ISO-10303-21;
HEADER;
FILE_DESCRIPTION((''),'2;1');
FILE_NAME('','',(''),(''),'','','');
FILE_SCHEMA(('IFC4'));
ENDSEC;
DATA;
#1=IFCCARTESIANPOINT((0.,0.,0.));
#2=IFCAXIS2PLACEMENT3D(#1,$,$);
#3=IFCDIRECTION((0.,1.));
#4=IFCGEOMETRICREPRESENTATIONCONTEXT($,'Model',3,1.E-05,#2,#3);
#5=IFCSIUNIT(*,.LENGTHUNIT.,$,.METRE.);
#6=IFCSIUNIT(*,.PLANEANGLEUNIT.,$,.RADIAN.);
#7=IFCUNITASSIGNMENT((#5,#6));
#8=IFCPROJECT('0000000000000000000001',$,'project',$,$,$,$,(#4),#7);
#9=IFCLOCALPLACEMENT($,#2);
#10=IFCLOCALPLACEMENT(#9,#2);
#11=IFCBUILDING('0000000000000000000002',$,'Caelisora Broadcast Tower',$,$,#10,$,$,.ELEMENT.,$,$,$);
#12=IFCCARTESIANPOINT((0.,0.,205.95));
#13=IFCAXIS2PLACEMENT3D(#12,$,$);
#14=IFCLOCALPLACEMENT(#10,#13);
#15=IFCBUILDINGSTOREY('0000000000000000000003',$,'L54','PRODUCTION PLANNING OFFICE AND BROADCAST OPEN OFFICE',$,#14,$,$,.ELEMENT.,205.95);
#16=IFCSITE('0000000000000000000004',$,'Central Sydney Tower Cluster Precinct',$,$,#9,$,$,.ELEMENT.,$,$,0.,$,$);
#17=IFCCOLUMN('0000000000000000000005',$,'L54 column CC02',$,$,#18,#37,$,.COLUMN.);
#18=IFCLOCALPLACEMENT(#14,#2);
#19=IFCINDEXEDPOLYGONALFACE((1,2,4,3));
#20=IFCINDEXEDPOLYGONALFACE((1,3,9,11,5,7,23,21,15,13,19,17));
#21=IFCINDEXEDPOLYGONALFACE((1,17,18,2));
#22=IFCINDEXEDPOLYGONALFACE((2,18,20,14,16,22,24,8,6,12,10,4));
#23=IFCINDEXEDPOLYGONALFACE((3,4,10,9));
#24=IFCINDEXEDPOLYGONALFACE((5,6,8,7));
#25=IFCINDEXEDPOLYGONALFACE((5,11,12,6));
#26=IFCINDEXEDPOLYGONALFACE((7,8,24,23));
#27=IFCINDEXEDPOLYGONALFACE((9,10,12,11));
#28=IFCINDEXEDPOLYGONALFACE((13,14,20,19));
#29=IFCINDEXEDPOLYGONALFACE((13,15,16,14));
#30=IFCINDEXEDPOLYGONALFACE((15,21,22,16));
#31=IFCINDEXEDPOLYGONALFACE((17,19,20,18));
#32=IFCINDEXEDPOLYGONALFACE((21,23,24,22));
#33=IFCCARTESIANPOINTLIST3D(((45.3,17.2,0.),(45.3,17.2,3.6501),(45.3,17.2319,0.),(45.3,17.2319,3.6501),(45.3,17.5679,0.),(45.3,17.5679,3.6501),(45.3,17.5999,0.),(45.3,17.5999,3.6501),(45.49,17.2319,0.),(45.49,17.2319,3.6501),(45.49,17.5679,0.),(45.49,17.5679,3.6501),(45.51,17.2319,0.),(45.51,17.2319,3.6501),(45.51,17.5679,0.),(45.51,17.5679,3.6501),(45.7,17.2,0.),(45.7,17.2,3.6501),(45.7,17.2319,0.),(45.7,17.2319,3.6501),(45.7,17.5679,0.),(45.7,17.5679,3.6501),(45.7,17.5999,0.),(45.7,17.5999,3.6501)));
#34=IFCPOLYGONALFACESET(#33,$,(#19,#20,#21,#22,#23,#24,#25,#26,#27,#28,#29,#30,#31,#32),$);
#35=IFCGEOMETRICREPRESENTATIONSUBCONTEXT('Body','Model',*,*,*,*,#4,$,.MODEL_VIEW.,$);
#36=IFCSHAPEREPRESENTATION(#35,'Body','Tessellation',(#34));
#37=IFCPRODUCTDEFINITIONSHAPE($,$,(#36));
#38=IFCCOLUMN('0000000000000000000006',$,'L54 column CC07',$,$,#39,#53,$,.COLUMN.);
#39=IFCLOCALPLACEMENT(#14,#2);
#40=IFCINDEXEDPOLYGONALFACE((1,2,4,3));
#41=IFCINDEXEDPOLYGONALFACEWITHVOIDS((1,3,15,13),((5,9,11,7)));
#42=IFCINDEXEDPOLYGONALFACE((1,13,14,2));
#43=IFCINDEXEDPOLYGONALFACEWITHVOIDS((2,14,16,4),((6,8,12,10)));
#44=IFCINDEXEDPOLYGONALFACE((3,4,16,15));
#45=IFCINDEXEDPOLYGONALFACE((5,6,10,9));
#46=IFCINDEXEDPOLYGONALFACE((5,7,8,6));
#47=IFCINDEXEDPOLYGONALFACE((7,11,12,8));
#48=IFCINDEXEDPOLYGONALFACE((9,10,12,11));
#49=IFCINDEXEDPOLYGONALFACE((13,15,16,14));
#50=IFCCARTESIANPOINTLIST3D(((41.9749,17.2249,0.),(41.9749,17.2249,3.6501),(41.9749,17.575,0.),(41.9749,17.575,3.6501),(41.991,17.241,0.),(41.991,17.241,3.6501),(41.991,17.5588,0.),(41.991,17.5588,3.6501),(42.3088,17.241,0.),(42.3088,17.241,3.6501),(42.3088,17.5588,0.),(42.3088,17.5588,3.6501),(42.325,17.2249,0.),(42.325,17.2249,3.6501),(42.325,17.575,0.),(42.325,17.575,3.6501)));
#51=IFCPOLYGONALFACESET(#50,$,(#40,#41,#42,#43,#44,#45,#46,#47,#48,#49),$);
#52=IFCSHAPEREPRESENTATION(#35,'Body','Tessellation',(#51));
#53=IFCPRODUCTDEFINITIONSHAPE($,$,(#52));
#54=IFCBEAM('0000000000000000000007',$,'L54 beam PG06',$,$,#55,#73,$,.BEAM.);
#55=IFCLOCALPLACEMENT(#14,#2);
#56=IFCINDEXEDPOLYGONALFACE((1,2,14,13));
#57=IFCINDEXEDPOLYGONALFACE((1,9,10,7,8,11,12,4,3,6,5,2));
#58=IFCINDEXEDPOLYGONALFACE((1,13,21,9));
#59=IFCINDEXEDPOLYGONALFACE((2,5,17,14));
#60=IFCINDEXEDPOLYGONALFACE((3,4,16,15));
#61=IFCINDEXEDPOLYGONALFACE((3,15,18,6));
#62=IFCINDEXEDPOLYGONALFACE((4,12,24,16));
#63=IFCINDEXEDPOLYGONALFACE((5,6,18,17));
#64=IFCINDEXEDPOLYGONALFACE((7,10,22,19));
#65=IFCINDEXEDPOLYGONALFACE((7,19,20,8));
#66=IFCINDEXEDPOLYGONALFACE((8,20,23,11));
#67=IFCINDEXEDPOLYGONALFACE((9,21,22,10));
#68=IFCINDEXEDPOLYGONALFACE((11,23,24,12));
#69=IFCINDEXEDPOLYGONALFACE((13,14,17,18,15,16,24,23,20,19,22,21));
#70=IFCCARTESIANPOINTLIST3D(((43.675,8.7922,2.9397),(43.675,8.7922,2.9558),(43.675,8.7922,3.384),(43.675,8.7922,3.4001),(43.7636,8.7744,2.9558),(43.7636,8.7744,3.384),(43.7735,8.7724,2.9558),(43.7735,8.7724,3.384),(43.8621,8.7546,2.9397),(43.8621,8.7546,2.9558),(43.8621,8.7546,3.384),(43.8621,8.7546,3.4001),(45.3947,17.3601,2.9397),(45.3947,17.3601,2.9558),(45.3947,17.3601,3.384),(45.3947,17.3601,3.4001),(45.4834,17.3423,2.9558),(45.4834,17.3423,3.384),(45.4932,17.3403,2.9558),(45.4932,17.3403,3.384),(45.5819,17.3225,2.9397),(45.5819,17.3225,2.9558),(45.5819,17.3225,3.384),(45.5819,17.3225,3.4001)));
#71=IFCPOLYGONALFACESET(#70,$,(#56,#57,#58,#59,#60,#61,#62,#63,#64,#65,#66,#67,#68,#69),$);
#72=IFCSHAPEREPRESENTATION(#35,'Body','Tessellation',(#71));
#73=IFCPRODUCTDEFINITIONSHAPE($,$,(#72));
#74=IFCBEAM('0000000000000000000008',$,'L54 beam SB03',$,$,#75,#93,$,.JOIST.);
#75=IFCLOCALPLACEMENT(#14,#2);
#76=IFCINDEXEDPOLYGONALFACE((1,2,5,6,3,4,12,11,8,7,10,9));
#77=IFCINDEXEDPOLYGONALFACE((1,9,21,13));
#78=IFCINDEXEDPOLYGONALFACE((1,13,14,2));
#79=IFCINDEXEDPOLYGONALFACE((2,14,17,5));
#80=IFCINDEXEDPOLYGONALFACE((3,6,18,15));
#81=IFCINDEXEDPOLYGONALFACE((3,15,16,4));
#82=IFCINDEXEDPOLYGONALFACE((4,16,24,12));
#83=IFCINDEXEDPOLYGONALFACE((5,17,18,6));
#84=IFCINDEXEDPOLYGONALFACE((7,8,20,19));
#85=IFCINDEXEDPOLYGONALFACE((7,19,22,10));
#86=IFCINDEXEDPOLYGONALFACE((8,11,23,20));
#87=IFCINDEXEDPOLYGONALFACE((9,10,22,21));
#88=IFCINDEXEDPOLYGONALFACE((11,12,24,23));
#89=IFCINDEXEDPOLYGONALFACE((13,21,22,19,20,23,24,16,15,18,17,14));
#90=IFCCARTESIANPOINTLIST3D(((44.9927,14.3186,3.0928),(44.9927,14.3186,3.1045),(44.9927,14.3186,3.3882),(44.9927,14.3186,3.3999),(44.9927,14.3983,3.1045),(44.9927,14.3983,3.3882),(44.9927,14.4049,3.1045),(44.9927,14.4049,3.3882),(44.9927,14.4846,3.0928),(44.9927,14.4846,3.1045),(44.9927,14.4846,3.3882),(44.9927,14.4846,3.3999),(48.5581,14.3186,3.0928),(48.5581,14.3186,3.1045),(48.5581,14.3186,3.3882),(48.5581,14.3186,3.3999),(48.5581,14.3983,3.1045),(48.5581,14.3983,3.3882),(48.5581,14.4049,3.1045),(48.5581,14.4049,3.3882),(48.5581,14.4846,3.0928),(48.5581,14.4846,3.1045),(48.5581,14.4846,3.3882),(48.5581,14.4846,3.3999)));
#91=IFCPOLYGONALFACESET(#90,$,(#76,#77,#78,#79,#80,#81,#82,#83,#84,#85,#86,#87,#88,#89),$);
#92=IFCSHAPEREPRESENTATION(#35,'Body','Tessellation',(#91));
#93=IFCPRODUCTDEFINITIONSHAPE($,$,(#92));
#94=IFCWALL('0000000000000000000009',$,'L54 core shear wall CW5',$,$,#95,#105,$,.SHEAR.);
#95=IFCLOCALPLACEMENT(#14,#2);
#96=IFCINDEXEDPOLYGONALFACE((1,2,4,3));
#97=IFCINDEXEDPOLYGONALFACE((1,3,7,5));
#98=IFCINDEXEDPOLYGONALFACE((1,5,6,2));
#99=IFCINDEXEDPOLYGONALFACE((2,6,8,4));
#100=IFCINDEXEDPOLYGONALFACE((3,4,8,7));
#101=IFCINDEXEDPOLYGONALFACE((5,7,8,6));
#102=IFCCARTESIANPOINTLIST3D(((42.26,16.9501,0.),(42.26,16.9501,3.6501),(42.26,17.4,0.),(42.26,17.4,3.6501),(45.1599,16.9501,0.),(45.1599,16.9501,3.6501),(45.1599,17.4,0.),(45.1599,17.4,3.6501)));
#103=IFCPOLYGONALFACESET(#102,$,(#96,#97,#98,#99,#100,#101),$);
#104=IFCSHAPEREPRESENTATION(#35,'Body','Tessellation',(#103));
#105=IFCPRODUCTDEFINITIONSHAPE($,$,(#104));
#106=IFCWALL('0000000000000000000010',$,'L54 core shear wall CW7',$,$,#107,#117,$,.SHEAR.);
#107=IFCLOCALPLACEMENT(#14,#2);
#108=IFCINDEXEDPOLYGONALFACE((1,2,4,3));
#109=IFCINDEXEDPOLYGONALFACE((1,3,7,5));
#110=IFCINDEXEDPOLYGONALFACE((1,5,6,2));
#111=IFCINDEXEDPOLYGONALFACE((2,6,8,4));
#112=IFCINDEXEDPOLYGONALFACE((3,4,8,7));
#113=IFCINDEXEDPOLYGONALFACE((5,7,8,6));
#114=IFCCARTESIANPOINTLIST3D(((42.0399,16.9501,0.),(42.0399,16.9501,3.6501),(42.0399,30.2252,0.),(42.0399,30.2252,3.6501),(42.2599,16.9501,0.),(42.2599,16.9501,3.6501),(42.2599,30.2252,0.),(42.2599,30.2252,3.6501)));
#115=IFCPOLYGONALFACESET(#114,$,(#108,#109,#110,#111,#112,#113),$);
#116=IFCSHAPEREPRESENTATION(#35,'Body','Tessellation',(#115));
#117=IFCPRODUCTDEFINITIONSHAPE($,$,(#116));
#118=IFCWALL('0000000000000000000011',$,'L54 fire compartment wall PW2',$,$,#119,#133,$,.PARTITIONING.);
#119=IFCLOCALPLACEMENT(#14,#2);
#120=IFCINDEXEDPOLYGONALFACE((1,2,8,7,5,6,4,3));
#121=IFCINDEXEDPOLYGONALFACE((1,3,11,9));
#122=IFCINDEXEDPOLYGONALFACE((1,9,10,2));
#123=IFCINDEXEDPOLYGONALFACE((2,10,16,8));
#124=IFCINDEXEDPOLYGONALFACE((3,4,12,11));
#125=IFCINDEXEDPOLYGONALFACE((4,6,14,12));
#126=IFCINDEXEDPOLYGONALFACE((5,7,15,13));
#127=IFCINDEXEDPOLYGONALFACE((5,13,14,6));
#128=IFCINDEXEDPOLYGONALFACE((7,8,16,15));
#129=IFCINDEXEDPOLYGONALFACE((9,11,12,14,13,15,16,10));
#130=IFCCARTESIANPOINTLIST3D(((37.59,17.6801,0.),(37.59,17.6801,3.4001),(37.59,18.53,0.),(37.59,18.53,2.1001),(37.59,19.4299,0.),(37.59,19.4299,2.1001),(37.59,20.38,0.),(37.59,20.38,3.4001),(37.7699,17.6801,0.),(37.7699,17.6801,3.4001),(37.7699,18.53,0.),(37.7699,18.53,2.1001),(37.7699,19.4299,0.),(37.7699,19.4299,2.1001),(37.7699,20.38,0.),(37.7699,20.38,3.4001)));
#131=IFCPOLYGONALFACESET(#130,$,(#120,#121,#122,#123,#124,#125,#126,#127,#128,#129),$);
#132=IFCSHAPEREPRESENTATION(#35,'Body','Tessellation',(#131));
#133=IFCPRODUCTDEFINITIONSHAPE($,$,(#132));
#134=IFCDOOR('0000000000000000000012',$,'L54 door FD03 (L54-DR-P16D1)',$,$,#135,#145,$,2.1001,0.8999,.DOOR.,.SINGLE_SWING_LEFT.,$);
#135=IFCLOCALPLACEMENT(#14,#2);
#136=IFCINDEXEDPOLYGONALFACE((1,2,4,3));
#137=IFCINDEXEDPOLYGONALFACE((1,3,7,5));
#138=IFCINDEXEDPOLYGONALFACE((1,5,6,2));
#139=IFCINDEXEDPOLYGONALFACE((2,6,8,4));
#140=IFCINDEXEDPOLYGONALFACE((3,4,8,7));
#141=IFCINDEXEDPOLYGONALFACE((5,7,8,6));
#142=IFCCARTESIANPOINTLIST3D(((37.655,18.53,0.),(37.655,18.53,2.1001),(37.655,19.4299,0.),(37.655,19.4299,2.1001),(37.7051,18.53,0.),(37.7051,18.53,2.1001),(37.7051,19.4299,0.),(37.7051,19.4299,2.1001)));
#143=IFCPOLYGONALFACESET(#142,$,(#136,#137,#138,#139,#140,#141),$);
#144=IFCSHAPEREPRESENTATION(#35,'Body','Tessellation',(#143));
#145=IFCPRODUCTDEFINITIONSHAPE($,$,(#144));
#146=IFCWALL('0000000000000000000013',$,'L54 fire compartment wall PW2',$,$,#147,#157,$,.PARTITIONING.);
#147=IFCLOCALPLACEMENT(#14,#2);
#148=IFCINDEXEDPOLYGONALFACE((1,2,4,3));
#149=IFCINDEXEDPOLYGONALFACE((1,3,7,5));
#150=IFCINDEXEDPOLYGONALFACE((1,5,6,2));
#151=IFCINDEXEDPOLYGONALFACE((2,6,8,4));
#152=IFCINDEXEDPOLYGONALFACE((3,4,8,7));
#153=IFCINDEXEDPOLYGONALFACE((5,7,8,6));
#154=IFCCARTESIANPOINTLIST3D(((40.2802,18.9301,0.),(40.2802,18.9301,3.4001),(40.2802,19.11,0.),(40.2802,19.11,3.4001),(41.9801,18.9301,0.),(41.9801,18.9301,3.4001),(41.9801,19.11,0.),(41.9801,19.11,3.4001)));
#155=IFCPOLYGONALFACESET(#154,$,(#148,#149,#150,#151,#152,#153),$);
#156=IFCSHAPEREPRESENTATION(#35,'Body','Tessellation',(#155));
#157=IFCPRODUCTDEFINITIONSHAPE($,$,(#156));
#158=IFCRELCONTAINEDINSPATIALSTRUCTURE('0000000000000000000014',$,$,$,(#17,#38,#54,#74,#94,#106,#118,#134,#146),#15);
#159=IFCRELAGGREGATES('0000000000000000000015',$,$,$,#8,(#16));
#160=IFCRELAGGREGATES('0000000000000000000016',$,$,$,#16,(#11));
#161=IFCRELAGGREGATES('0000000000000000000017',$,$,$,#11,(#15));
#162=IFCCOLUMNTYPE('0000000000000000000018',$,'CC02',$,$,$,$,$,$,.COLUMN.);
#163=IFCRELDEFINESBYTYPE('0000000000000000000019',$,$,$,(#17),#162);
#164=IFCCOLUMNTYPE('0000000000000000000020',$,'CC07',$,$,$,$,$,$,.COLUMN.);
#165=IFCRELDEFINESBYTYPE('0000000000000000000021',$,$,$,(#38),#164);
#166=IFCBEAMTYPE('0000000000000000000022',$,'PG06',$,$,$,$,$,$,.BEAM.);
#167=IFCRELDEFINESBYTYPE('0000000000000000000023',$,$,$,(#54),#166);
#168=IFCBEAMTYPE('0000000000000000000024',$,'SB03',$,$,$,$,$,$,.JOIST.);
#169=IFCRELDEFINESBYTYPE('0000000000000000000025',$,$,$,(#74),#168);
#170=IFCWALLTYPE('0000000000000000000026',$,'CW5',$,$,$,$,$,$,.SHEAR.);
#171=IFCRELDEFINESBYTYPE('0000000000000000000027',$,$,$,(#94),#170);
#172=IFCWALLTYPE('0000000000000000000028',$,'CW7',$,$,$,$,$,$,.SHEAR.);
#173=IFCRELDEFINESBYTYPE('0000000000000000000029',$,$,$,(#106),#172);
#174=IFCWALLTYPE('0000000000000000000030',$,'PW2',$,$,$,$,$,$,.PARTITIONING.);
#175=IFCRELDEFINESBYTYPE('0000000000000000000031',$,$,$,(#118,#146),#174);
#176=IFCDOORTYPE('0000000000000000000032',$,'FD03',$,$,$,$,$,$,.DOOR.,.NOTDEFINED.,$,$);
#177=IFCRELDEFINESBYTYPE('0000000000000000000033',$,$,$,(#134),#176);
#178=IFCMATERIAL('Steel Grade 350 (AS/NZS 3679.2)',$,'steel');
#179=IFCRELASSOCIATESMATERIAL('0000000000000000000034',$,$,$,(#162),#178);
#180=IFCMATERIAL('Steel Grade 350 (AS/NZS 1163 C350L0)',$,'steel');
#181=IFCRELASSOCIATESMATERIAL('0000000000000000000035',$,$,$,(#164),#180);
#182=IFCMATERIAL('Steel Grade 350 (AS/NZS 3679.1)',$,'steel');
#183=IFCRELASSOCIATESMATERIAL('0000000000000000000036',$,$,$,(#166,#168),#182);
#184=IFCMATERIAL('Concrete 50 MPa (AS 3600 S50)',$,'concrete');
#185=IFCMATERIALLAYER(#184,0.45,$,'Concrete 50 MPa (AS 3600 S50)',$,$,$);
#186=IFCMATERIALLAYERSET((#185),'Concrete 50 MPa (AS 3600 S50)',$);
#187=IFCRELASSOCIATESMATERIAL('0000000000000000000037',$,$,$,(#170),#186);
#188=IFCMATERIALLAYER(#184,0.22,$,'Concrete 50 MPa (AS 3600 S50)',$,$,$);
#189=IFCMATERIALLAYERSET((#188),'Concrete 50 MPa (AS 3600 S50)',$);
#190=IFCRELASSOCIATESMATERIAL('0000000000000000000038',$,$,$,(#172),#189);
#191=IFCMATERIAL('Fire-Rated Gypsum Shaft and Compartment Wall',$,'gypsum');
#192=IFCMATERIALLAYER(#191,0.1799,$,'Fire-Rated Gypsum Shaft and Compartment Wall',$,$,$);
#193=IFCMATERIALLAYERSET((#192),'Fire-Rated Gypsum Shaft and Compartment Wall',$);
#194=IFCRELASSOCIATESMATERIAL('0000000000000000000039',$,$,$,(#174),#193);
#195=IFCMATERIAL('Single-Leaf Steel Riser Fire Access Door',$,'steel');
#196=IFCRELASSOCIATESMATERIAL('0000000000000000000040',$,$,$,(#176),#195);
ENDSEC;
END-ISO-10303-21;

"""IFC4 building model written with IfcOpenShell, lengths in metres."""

from ifc_helpers import new_model, si_unit, direction, frame, frame_2d, origin, origin_2d, place, context, subcontext, project, spatial, rectangle, hollow_rectangle, i_section, extrude, source, transform, mapped, material, layer, layer_set, material_profile, profile_set, type_object, type_shapes, element, fill, save


model = new_model("IFC4")

# Units and contexts
model_context = context("Model", 3, precision=1e-05, world=origin(), true_north=direction((0.0, 1.0)))
body_context = subcontext(model_context, "Body", "Model", "MODEL_VIEW")
ifc_project = project(units=[si_unit("LENGTHUNIT", "METRE"), si_unit("PLANEANGLEUNIT", "RADIAN")], contexts=[model_context])

# Site, building, storey
site_placement = place(None, origin())
site = spatial("IfcSite", under=ifc_project, at=site_placement, Name="Central Sydney Tower Cluster Precinct", CompositionType="ELEMENT", RefElevation=0.0)
building_placement = place(site_placement, origin())
building = spatial("IfcBuilding", under=site, at=building_placement, Name="Caelisora Broadcast Tower", CompositionType="ELEMENT")
storey_placement = place(building_placement, frame((0.0, 0.0, 205.95)))
storey = spatial("IfcBuildingStorey", under=building, at=storey_placement, Name="L54", Description="PRODUCTION PLANNING OFFICE AND BROADCAST OPEN OFFICE", CompositionType="ELEMENT", Elevation=205.95)

# Columns
ifc_material_1 = material(Name="Steel Grade 350 (AS/NZS 3679.2)", Category="steel")
ifc_material_profile_1 = material_profile(ifc_material_1, i_section(OverallWidth=0.3999, OverallDepth=0.3999, WebThickness=0.02, FlangeThickness=0.032, at=origin_2d()), Name="Steel Grade 350 (AS/NZS 3679.2)")
ifc_profile_set_1 = profile_set([ifc_material_profile_1], Name="Steel Grade 350 (AS/NZS 3679.2)")
column_type_1 = type_object("IfcColumnType", Name="CC02", PredefinedType="COLUMN", material=ifc_profile_set_1)
shared_shape_1 = source(origin(), body_context, "Body", "SweptSolid", [
    extrude(i_section(OverallWidth=0.3999, OverallDepth=0.3999, WebThickness=0.02, FlangeThickness=0.032, at=origin_2d()), origin(), (0.0, 0.0, 1.0), 3.6501),
])
type_shapes(column_type_1, [shared_shape_1])
column_1_placement = place(storey_placement, frame((45.5, 17.3999, 0.0), z_axis=(0.0, 0.0, 1.0), x_axis=(1.0, 0.0, 0.0)))
element("IfcColumn", 1, at=column_1_placement, inside=storey, type_object=column_type_1, Name="L54 column CC02", PredefinedType="COLUMN", context=body_context, shape_type="MappedRepresentation", body=[
    mapped(shared_shape_1, transform((0.0, 0.0, 0.0), scale=1.0)),
])
ifc_material_2 = material(Name="Steel Grade 350 (AS/NZS 1163 C350L0)", Category="steel")
ifc_material_profile_2 = material_profile(ifc_material_2, hollow_rectangle(XDim=0.3501, YDim=0.3501, WallThickness=0.0161, at=origin_2d()), Name="Steel Grade 350 (AS/NZS 1163 C350L0)")
ifc_profile_set_2 = profile_set([ifc_material_profile_2], Name="Steel Grade 350 (AS/NZS 1163 C350L0)")
column_type_2 = type_object("IfcColumnType", Name="CC07", PredefinedType="COLUMN", material=ifc_profile_set_2)
shared_shape_2 = source(origin(), body_context, "Body", "SweptSolid", [
    extrude(hollow_rectangle(XDim=0.3501, YDim=0.3501, WallThickness=0.0161, at=origin_2d()), origin(), (0.0, 0.0, 1.0), 3.6501),
])
type_shapes(column_type_2, [shared_shape_2])
column_2_placement = place(storey_placement, frame((42.1499, 17.3999, 0.0), z_axis=(0.0, 0.0, 1.0), x_axis=(1.0, 0.0, 0.0)))
element("IfcColumn", 2, at=column_2_placement, inside=storey, type_object=column_type_2, Name="L54 column CC07", PredefinedType="COLUMN", context=body_context, shape_type="MappedRepresentation", body=[
    mapped(shared_shape_2, transform((0.0, 0.0, 0.0), scale=1.0)),
])

# Beams
ifc_material_3 = material(Name="Steel Grade 350 (AS/NZS 3679.1)", Category="steel")
ifc_material_profile_3 = material_profile(ifc_material_3, i_section(OverallWidth=0.1909, OverallDepth=0.4604, WebThickness=0.01, FlangeThickness=0.0161, at=origin_2d()), Name="Steel Grade 350 (AS/NZS 3679.1)")
ifc_profile_set_3 = profile_set([ifc_material_profile_3], Name="Steel Grade 350 (AS/NZS 3679.1)")
beam_type_1 = type_object("IfcBeamType", Name="PG06", PredefinedType="BEAM", material=ifc_profile_set_3)
shared_shape_3 = source(origin(), body_context, "Body", "SweptSolid", [
    extrude(i_section(OverallWidth=0.1909, OverallDepth=0.4604, WebThickness=0.01, FlangeThickness=0.0161, at=origin_2d()), origin(), (0.0, 0.0, 1.0), 8.7388),
])
type_shapes(beam_type_1, [shared_shape_3])
beam_1_placement = place(storey_placement, frame((45.4883, 17.3413, 3.1699), z_axis=(-0.196793, -0.980445, 0.0), x_axis=(0.980445, -0.196793, 0.0)))
element("IfcBeam", 3, at=beam_1_placement, inside=storey, type_object=beam_type_1, Name="L54 beam PG06", PredefinedType="BEAM", context=body_context, shape_type="MappedRepresentation", body=[
    mapped(shared_shape_3, transform((0.0, 0.0, 0.0), scale=1.0)),
])
ifc_material_profile_4 = material_profile(ifc_material_3, i_section(OverallWidth=0.166, OverallDepth=0.3071, WebThickness=0.0066, FlangeThickness=0.0117, at=origin_2d()), Name="Steel Grade 350 (AS/NZS 3679.1)")
ifc_profile_set_4 = profile_set([ifc_material_profile_4], Name="Steel Grade 350 (AS/NZS 3679.1)")
beam_type_2 = type_object("IfcBeamType", Name="SB03", PredefinedType="JOIST", material=ifc_profile_set_4)
shared_shape_4 = source(origin(), body_context, "Body", "SweptSolid", [
    extrude(i_section(OverallWidth=0.166, OverallDepth=0.3071, WebThickness=0.0066, FlangeThickness=0.0117, at=origin_2d()), origin(), (0.0, 0.0, 1.0), 3.5654),
])
type_shapes(beam_type_2, [shared_shape_4])
beam_2_placement = place(storey_placement, frame((44.9927, 14.4016, 3.2463), z_axis=(1.0, 0.0, 0.0), x_axis=(0.0, 1.0, 0.0)))
element("IfcBeam", 4, at=beam_2_placement, inside=storey, type_object=beam_type_2, Name="L54 beam SB03", PredefinedType="JOIST", context=body_context, shape_type="MappedRepresentation", body=[
    mapped(shared_shape_4, transform((0.0, 0.0, 0.0), scale=1.0)),
])

# Shared definitions
ifc_material_4 = material(Name="Concrete 50 MPa (AS 3600 S50)", Category="concrete")

# Walls
ifc_layer_1 = layer(ifc_material_4, 0.45, Name="Concrete 50 MPa (AS 3600 S50)")
ifc_layer_set_1 = layer_set([ifc_layer_1], Name="Concrete 50 MPa (AS 3600 S50)")
wall_type_1 = type_object("IfcWallType", Name="CW5", PredefinedType="SHEAR", material=ifc_layer_set_1)
wall_1_placement = place(storey_placement, frame((42.26, 17.175, 0.0), z_axis=(0.0, 0.0, 1.0), x_axis=(1.0, 0.0, 0.0)))
element("IfcWall", 5, at=wall_1_placement, inside=storey, type_object=wall_type_1, Name="L54 core shear wall CW5", PredefinedType="SHEAR", context=body_context, shape_type="SweptSolid", body=[
    extrude(rectangle(XDim=2.8999, YDim=0.45, at=frame_2d((1.45, 0.0))), origin(), (0.0, 0.0, 1.0), 3.6501),
])
ifc_layer_2 = layer(ifc_material_4, 0.22, Name="Concrete 50 MPa (AS 3600 S50)")
ifc_layer_set_2 = layer_set([ifc_layer_2], Name="Concrete 50 MPa (AS 3600 S50)")
wall_type_2 = type_object("IfcWallType", Name="CW7", PredefinedType="SHEAR", material=ifc_layer_set_2)
wall_2_placement = place(storey_placement, frame((42.1499, 16.95, 0.0), z_axis=(0.0, 0.0, 1.0), x_axis=(0.0, 1.0, 0.0)))
element("IfcWall", 6, at=wall_2_placement, inside=storey, type_object=wall_type_2, Name="L54 core shear wall CW7", PredefinedType="SHEAR", context=body_context, shape_type="SweptSolid", body=[
    extrude(rectangle(XDim=13.2751, YDim=0.22, at=frame_2d((6.6377, 0.0))), origin(), (0.0, 0.0, 1.0), 3.6501),
])

# Wall, opening, door
ifc_material_5 = material(Name="Fire-Rated Gypsum Shaft and Compartment Wall", Category="gypsum")
ifc_layer_3 = layer(ifc_material_5, 0.1799, Name="Fire-Rated Gypsum Shaft and Compartment Wall")
ifc_layer_set_3 = layer_set([ifc_layer_3], Name="Fire-Rated Gypsum Shaft and Compartment Wall")
wall_type_3 = type_object("IfcWallType", Name="PW2", PredefinedType="PARTITIONING", material=ifc_layer_set_3)
wall_3_placement = place(storey_placement, frame((37.6799, 17.6799, 0.0), z_axis=(0.0, 0.0, 1.0), x_axis=(0.0, 1.0, 0.0)))
wall_3 = element("IfcWall", 7, at=wall_3_placement, inside=storey, type_object=wall_type_3, Name="L54 fire compartment wall PW2", PredefinedType="PARTITIONING", context=body_context, shape_type="SweptSolid", body=[
    extrude(rectangle(XDim=2.7, YDim=0.1799, at=frame_2d((1.3501, 0.0))), origin(), (0.0, 0.0, 1.0), 3.4001),
])
opening_1_placement = place(wall_3_placement, frame((0.8501, 0.0, 0.0)))
opening_1 = element("IfcOpeningElement", 8, at=opening_1_placement, cuts=wall_3, PredefinedType="OPENING", context=body_context, shape_type="SweptSolid", body=[
    extrude(rectangle(XDim=0.8999, YDim=2.1001, at=frame_2d((0.45, 1.05))), frame((0.0, 0.1021, 0.0), z_axis=(0.0, -1.0, 0.0), x_axis=(1.0, 0.0, 0.0)), (0.0, 0.0, 1.0), 0.2039),
])
ifc_material_6 = material(Name="Single-Leaf Steel Riser Fire Access Door", Category="steel")
door_type_1 = type_object("IfcDoorType", Name="FD03", OperationType="NOTDEFINED", PredefinedType="DOOR", material=ifc_material_6)
door_1_placement = place(opening_1_placement, origin())
door_1 = element("IfcDoor", 9, at=door_1_placement, inside=storey, type_object=door_type_1, Name="L54 door FD03 (L54-DR-P16D1)", OperationType="SINGLE_SWING_LEFT", OverallHeight=2.1001, OverallWidth=0.8999, PredefinedType="DOOR", context=body_context, shape_type="SweptSolid", body=[
    extrude(rectangle(XDim=0.8999, YDim=2.1001, at=frame_2d((0.45, 1.05))), frame((0.0, 0.0249, 0.0), z_axis=(0.0, -1.0, 0.0), x_axis=(1.0, 0.0, 0.0)), (0.0, 0.0, 1.0), 0.05),
])
fill(opening_1, door_1)

# Wall
wall_4_placement = place(storey_placement, frame((40.28, 19.02, 0.0), z_axis=(0.0, 0.0, 1.0), x_axis=(1.0, 0.0, 0.0)))
element("IfcWall", 10, at=wall_4_placement, inside=storey, type_object=wall_type_3, Name="L54 fire compartment wall PW2", PredefinedType="PARTITIONING", context=body_context, shape_type="SweptSolid", body=[
    extrude(rectangle(XDim=1.7, YDim=0.1799, at=frame_2d((0.8501, 0.0))), origin(), (0.0, 0.0, 1.0), 3.4001),
])

save(model, "model.ifc")
